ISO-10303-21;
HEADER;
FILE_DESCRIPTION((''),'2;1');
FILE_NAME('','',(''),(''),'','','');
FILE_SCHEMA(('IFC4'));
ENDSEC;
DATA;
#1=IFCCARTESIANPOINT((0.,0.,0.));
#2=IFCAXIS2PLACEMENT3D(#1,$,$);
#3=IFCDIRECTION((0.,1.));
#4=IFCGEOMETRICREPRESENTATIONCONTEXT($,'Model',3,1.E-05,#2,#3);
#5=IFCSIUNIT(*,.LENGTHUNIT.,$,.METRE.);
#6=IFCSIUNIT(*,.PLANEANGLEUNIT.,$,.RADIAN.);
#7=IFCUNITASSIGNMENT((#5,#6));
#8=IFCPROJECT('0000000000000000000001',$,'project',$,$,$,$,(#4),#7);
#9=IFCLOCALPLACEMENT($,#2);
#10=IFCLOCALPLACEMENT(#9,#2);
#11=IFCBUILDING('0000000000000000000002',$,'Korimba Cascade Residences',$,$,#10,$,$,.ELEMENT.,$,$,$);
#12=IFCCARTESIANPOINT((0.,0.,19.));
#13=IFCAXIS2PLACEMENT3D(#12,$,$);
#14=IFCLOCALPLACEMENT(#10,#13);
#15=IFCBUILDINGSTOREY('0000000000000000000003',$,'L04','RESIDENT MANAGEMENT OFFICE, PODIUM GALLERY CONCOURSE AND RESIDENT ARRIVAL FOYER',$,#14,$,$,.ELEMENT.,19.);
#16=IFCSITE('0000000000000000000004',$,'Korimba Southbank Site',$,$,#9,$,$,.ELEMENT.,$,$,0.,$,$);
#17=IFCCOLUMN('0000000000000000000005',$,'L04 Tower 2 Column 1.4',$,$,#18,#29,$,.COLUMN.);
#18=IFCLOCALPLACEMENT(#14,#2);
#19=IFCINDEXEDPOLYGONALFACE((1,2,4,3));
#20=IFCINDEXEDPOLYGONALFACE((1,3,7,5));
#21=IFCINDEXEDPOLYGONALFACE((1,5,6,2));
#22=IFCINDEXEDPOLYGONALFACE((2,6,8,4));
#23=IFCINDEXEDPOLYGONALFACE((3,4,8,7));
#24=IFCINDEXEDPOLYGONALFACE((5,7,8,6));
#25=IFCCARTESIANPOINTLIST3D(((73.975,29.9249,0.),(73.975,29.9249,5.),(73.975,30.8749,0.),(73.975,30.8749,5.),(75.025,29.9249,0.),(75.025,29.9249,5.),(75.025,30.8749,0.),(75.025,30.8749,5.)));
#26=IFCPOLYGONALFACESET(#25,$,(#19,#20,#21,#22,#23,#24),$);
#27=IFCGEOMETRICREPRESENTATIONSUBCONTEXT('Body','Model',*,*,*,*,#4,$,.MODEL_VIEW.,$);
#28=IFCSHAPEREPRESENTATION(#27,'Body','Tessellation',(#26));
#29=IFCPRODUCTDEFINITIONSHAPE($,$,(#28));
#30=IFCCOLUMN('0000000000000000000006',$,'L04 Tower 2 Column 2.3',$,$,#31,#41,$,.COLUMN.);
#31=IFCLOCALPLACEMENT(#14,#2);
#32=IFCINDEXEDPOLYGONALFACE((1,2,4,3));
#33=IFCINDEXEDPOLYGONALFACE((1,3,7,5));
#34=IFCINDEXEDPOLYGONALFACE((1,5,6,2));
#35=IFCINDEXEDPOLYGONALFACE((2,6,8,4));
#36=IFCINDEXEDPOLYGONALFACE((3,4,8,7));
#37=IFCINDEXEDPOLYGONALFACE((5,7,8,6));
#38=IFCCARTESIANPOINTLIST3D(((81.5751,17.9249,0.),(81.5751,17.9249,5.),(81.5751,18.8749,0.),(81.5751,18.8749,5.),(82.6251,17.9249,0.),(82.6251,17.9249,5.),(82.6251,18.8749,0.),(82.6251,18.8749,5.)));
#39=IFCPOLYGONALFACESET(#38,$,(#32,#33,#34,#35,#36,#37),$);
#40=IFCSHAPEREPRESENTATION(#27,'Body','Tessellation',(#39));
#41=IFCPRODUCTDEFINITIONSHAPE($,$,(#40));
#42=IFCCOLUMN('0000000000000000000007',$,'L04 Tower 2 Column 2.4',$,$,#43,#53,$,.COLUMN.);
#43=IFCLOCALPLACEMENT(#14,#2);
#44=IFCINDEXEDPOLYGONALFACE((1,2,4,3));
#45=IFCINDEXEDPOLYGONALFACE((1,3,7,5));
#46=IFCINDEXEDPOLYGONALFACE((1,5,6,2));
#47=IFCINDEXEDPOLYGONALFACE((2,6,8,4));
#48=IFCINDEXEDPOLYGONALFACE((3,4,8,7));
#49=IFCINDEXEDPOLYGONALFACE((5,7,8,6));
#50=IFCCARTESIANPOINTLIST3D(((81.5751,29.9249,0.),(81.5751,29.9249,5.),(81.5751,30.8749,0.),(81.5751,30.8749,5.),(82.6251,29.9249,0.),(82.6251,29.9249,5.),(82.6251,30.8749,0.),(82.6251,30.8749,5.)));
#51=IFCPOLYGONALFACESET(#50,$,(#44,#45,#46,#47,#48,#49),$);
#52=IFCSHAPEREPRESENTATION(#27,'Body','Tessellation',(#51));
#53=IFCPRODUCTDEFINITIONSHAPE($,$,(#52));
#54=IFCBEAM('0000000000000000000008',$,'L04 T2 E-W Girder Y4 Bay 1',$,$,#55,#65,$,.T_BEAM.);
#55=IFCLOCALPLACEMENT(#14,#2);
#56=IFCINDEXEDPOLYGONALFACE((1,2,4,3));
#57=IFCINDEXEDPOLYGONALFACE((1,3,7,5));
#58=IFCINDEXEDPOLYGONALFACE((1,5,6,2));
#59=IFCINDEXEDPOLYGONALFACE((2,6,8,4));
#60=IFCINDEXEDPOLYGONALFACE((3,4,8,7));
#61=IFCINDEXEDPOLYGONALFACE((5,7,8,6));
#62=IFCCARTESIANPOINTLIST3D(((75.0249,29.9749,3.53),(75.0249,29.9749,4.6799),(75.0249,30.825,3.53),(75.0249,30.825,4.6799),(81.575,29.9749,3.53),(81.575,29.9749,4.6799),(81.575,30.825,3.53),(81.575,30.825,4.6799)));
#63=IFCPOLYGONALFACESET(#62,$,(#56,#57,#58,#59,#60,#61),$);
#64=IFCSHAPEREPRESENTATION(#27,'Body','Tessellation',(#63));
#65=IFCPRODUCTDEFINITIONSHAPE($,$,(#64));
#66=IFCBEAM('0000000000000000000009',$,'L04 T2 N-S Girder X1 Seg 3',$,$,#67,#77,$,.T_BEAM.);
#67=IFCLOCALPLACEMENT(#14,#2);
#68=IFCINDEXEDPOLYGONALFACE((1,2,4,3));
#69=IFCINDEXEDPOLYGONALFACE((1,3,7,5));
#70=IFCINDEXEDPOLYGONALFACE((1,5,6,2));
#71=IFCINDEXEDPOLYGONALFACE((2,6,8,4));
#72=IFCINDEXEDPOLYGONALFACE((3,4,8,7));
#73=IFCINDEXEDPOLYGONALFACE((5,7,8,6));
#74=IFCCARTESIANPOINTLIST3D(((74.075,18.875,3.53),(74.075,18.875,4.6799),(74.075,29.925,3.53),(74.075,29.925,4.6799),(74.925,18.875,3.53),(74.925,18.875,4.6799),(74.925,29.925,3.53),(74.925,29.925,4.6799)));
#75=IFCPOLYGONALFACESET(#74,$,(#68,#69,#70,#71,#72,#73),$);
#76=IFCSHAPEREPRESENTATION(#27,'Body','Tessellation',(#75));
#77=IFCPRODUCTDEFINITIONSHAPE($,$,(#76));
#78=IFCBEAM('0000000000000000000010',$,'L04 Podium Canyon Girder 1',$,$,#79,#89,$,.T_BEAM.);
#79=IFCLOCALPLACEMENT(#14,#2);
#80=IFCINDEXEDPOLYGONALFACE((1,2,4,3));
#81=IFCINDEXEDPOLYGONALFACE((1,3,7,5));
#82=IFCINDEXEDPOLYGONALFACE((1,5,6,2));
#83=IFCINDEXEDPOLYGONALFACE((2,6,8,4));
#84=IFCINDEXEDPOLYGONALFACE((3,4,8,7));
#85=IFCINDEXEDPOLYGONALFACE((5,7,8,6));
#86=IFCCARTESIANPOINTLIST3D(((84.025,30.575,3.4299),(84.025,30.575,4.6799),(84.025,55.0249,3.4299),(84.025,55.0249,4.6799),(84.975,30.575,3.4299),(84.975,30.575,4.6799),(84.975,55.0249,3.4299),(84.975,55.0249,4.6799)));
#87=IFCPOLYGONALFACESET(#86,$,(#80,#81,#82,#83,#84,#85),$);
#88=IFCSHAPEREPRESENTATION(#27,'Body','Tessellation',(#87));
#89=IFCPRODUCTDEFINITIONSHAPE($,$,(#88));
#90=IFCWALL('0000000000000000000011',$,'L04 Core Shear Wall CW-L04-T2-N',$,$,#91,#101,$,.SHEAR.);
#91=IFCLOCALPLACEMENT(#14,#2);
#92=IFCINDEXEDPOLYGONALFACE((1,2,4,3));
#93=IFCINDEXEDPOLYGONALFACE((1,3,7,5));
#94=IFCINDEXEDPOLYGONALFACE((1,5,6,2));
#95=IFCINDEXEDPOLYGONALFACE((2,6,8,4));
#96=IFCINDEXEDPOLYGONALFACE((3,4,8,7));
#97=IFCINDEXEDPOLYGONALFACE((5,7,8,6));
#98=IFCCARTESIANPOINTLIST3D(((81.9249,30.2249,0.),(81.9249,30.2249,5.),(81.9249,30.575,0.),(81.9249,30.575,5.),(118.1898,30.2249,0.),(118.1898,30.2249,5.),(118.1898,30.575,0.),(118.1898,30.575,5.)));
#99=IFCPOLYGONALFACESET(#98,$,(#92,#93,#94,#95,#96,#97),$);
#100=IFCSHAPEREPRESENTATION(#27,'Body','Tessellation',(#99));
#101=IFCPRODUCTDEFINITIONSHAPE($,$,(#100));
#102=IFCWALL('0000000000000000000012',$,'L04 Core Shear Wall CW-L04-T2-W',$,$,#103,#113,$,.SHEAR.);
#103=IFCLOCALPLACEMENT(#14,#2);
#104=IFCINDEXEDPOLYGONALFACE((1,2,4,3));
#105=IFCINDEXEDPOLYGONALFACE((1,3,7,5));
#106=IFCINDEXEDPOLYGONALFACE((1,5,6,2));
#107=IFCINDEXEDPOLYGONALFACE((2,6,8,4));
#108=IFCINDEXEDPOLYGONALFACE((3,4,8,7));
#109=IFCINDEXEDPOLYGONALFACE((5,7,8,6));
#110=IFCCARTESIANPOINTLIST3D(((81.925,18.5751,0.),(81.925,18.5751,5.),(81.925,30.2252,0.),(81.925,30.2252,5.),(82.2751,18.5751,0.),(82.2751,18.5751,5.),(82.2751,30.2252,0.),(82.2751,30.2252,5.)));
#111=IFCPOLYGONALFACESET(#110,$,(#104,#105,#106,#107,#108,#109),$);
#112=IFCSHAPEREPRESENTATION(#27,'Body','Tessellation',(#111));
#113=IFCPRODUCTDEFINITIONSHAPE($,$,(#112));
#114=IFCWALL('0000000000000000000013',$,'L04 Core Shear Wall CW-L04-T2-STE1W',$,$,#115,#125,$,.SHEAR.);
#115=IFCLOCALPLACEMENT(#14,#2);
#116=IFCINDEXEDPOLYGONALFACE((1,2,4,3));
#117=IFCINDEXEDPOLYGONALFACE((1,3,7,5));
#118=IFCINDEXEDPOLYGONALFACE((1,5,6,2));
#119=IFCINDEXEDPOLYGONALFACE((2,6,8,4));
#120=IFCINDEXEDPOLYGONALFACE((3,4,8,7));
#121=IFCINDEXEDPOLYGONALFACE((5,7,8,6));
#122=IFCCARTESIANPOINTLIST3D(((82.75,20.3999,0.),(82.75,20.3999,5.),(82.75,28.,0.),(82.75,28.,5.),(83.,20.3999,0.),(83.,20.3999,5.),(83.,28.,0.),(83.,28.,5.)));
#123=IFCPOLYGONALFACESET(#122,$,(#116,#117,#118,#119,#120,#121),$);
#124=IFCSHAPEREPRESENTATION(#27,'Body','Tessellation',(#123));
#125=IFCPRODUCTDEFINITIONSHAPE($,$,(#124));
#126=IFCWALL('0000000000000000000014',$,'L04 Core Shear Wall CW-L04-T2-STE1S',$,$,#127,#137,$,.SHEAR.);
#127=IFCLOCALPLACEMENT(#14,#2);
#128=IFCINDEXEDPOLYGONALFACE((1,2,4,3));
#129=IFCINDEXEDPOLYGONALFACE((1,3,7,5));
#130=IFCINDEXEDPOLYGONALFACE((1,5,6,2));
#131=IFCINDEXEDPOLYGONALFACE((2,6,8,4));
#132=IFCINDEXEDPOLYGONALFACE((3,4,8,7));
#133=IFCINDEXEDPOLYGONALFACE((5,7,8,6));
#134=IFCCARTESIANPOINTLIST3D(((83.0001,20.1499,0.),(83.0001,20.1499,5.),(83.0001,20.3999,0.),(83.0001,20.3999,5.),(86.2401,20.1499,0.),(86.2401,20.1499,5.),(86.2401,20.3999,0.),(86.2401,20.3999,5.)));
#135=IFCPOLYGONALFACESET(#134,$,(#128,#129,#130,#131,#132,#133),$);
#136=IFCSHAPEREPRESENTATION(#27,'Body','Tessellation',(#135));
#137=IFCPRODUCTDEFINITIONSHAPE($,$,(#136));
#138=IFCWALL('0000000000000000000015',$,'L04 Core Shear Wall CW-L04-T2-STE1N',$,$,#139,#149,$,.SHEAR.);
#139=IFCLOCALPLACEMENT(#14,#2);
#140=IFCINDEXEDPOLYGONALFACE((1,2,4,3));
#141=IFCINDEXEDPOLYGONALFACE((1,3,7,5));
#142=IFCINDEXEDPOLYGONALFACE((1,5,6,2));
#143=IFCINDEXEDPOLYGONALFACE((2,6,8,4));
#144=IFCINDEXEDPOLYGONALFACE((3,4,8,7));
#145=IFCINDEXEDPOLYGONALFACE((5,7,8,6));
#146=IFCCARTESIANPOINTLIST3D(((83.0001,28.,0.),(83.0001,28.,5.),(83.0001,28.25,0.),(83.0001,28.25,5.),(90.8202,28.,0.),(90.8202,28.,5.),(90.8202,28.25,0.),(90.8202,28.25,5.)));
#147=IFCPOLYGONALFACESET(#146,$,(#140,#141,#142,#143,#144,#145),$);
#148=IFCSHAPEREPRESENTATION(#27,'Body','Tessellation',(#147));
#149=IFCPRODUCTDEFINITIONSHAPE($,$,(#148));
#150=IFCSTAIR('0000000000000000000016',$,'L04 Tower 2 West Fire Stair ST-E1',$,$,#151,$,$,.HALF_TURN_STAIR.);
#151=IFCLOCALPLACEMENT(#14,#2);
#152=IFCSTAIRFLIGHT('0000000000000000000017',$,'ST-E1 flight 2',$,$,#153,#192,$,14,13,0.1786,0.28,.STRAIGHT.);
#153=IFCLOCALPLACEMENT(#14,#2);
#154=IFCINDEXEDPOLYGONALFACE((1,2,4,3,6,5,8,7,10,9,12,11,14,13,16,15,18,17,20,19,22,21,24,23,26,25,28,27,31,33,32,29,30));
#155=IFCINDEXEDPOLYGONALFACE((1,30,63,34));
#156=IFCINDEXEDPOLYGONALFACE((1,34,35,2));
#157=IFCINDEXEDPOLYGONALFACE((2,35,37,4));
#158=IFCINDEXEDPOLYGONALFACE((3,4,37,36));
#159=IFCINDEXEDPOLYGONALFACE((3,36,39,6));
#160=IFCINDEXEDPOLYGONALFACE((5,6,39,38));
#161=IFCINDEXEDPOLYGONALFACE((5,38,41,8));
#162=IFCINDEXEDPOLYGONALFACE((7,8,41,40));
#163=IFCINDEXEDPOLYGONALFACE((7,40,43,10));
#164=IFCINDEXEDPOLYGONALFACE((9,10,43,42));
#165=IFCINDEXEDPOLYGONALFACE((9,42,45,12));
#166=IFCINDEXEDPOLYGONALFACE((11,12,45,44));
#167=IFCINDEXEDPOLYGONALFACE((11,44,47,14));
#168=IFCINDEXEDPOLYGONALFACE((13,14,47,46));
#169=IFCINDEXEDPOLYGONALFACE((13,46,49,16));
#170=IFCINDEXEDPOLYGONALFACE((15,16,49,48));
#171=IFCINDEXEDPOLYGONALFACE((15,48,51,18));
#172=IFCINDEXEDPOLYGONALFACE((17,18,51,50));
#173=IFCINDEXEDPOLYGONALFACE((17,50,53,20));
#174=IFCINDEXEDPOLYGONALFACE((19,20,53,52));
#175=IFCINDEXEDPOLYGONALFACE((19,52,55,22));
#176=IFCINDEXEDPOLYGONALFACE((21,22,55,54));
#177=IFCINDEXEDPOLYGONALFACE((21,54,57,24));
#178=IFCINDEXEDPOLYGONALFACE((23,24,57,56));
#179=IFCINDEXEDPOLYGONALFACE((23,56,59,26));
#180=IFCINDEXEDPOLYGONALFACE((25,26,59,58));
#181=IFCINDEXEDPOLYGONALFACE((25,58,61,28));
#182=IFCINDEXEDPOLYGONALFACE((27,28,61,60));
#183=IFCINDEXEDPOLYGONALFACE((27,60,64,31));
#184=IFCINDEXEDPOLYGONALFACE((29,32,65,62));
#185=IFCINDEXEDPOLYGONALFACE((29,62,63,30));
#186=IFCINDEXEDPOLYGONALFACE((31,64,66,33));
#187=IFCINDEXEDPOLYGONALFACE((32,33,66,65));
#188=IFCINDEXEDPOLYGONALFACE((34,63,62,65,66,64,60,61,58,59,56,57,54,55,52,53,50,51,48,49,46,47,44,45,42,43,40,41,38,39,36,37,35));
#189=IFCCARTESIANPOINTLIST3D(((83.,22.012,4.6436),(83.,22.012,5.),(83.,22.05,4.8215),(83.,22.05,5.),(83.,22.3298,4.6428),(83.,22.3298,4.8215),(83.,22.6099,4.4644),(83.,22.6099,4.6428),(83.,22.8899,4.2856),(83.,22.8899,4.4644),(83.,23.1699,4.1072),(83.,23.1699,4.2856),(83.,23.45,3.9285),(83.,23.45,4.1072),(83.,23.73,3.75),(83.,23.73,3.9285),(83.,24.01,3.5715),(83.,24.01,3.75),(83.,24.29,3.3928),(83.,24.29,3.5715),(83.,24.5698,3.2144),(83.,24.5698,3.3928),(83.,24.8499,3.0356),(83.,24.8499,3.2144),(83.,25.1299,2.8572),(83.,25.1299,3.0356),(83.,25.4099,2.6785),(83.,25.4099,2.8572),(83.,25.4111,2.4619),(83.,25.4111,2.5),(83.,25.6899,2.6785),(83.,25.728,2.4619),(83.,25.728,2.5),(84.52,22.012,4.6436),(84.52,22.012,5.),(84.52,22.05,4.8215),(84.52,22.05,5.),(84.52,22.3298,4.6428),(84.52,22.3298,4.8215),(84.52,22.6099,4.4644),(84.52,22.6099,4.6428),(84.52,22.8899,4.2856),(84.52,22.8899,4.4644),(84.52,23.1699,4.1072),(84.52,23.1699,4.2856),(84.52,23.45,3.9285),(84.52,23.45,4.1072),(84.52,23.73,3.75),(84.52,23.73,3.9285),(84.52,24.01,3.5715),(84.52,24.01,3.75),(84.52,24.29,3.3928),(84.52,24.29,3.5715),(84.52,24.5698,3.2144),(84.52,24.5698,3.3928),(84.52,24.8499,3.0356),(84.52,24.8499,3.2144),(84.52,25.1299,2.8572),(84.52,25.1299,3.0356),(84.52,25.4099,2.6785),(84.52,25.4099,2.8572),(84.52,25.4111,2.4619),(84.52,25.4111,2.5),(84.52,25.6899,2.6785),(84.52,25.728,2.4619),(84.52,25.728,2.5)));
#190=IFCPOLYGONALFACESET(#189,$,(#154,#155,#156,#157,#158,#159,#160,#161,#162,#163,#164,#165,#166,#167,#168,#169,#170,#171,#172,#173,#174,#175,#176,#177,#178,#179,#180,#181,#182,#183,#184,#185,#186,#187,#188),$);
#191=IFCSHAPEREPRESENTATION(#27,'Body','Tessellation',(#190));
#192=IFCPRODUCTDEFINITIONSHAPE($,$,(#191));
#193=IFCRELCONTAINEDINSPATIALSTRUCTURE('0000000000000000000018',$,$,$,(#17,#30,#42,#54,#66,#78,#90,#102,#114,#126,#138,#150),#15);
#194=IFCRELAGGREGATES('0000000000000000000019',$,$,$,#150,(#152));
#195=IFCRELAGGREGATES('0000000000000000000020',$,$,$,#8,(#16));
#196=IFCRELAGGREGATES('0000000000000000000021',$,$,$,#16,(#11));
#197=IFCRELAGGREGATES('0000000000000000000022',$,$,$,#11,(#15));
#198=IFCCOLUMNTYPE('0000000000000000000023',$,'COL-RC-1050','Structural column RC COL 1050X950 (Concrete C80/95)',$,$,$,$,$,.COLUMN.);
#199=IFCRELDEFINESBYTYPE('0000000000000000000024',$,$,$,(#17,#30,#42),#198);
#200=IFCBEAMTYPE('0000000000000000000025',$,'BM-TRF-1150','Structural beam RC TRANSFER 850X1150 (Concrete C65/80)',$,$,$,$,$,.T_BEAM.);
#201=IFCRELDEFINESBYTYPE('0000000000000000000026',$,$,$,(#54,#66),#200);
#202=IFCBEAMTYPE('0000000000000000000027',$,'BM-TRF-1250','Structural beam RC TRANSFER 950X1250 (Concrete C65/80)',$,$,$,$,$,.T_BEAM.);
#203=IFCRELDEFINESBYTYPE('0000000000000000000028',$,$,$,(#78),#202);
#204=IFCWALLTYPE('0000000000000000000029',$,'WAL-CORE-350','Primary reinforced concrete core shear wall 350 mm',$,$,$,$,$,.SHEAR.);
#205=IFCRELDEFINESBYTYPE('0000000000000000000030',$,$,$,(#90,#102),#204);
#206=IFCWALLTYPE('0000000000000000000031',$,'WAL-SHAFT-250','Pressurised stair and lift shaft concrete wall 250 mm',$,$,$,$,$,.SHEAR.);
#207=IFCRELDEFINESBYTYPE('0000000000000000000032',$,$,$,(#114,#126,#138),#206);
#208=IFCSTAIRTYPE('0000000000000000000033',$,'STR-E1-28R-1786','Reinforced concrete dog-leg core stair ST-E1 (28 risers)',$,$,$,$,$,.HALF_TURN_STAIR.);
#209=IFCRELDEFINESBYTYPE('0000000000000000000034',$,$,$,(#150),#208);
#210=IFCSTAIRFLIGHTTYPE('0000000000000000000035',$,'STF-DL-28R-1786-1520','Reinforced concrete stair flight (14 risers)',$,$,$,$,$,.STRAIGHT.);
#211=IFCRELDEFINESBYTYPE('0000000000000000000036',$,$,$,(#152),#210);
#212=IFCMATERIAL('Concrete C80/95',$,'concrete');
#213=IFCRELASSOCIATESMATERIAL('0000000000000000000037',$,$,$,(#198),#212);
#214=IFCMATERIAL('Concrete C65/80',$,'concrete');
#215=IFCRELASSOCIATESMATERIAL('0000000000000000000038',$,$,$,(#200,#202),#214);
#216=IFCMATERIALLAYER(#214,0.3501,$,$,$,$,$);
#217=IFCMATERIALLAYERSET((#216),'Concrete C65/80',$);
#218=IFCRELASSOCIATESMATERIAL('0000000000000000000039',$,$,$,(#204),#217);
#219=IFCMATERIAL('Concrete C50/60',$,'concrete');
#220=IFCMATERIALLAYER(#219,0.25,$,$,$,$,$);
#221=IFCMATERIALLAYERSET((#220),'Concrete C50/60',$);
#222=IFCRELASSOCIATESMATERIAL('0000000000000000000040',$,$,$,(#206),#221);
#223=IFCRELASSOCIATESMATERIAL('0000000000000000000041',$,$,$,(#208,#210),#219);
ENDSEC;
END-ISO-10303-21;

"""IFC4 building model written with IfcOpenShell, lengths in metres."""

from ifc_helpers import new_model, si_unit, direction, frame, frame_2d, origin, origin_2d, place, context, subcontext, project, spatial, polyline, rectangle, outline, extrude, material, layer, layer_set, material_profile, profile_set, type_object, element, aggregate, save


model = new_model("IFC4")

# Units and contexts
model_context = context("Model", 3, precision=1e-05, world=origin(), true_north=direction((0.0, 1.0)))
body_context = subcontext(model_context, "Body", "Model", "MODEL_VIEW")
ifc_project = project(units=[si_unit("LENGTHUNIT", "METRE"), si_unit("PLANEANGLEUNIT", "RADIAN")], contexts=[model_context])

# Site, building, storey
site_placement = place(None, origin())
site = spatial("IfcSite", under=ifc_project, at=site_placement, Name="Korimba Southbank Site", CompositionType="ELEMENT", RefElevation=0.0)
building_placement = place(site_placement, origin())
building = spatial("IfcBuilding", under=site, at=building_placement, Name="Korimba Cascade Residences", CompositionType="ELEMENT")
storey_placement = place(building_placement, frame((0.0, 0.0, 19.0)))
storey = spatial("IfcBuildingStorey", under=building, at=storey_placement, Name="L04", Description="RESIDENT MANAGEMENT OFFICE, PODIUM GALLERY CONCOURSE AND RESIDENT ARRIVAL FOYER", CompositionType="ELEMENT", Elevation=19.0)

# Columns
ifc_material_1 = material(Name="Concrete C80/95", Category="concrete")
ifc_material_profile_1 = material_profile(ifc_material_1, rectangle(XDim=1.05, YDim=0.95, at=origin_2d()), Name="Concrete C80/95")
ifc_profile_set_1 = profile_set([ifc_material_profile_1], Name="Concrete C80/95")
column_type = type_object("IfcColumnType", Name="COL-RC-1050", Description="Structural column RC COL 1050X950 (Concrete C80/95)", PredefinedType="COLUMN", material=ifc_profile_set_1)
for number, where, z_axis, x_axis, name in (
    (1, (74.5, 30.3999, 0.0), (0.0, 0.0, 1.0), (1.0, 0.0, 0.0), "L04 Tower 2 Column 1.4"),
    (2, (82.1001, 18.3999, 0.0), (0.0, 0.0, 1.0), (1.0, 0.0, 0.0), "L04 Tower 2 Column 2.3"),
    (3, (82.1001, 30.3999, 0.0), (0.0, 0.0, 1.0), (1.0, 0.0, 0.0), "L04 Tower 2 Column 2.4"),
):
    element("IfcColumn", number, at=place(storey_placement, frame(where, z_axis=z_axis, x_axis=x_axis)), inside=storey, type_object=column_type, Name=name, PredefinedType="COLUMN", context=body_context, shape_type="SweptSolid", body=[
        extrude(rectangle(XDim=1.05, YDim=0.95, at=origin_2d()), origin(), (0.0, 0.0, 1.0), 5.0),
    ])

# Beams
ifc_material_2 = material(Name="Concrete C65/80", Category="concrete")
ifc_material_profile_2 = material_profile(ifc_material_2, rectangle(XDim=0.8501, YDim=1.1499, at=origin_2d()), Name="Concrete C65/80")
ifc_profile_set_2 = profile_set([ifc_material_profile_2], Name="Concrete C65/80")
beam_type_1 = type_object("IfcBeamType", Name="BM-TRF-1150", Description="Structural beam RC TRANSFER 850X1150 (Concrete C65/80)", PredefinedType="T_BEAM", material=ifc_profile_set_2)
beam_1_placement = place(storey_placement, frame((75.0249, 30.3999, 4.105), z_axis=(1.0, 0.0, 0.0), x_axis=(0.0, 1.0, 0.0)))
element("IfcBeam", 4, at=beam_1_placement, inside=storey, type_object=beam_type_1, Name="L04 T2 E-W Girder Y4 Bay 1", PredefinedType="T_BEAM", context=body_context, shape_type="SweptSolid", body=[
    extrude(rectangle(XDim=0.8501, YDim=1.1499, at=origin_2d()), origin(), (0.0, 0.0, 1.0), 6.55),
])
beam_2_placement = place(storey_placement, frame((74.5, 18.875, 4.105), z_axis=(0.0, 1.0, 0.0), x_axis=(-1.0, 0.0, 0.0)))
element("IfcBeam", 5, at=beam_2_placement, inside=storey, type_object=beam_type_1, Name="L04 T2 N-S Girder X1 Seg 3", PredefinedType="T_BEAM", context=body_context, shape_type="SweptSolid", body=[
    extrude(rectangle(XDim=0.8501, YDim=1.1499, at=origin_2d()), origin(), (0.0, 0.0, 1.0), 11.05),
])
ifc_material_profile_3 = material_profile(ifc_material_2, rectangle(XDim=0.95, YDim=1.25, at=origin_2d()), Name="Concrete C65/80")
ifc_profile_set_3 = profile_set([ifc_material_profile_3], Name="Concrete C65/80")
beam_type_2 = type_object("IfcBeamType", Name="BM-TRF-1250", Description="Structural beam RC TRANSFER 950X1250 (Concrete C65/80)", PredefinedType="T_BEAM", material=ifc_profile_set_3)
beam_3_placement = place(storey_placement, frame((84.5, 30.575, 4.0549), z_axis=(0.0, 1.0, 0.0), x_axis=(-1.0, 0.0, 0.0)))
element("IfcBeam", 6, at=beam_3_placement, inside=storey, type_object=beam_type_2, Name="L04 Podium Canyon Girder 1", PredefinedType="T_BEAM", context=body_context, shape_type="SweptSolid", body=[
    extrude(rectangle(XDim=0.95, YDim=1.25, at=origin_2d()), origin(), (0.0, 0.0, 1.0), 24.45),
])

# Walls
ifc_layer_1 = layer(ifc_material_2, 0.3501)
ifc_layer_set_1 = layer_set([ifc_layer_1], Name="Concrete C65/80")
wall_type_1 = type_object("IfcWallType", Name="WAL-CORE-350", Description="Primary reinforced concrete core shear wall 350 mm", PredefinedType="SHEAR", material=ifc_layer_set_1)
wall_1_placement = place(storey_placement, frame((81.925, 30.3999, 0.0), z_axis=(0.0, 0.0, 1.0), x_axis=(1.0, 0.0, 0.0)))
element("IfcWall", 7, at=wall_1_placement, inside=storey, type_object=wall_type_1, Name="L04 Core Shear Wall CW-L04-T2-N", PredefinedType="SHEAR", context=body_context, shape_type="SweptSolid", body=[
    extrude(rectangle(XDim=36.2649, YDim=0.3501, at=frame_2d((18.1323, 0.0))), origin(), (0.0, 0.0, 1.0), 5.0),
])
wall_2_placement = place(storey_placement, frame((82.1001, 18.575, 0.0), z_axis=(0.0, 0.0, 1.0), x_axis=(0.0, 1.0, 0.0)))
element("IfcWall", 8, at=wall_2_placement, inside=storey, type_object=wall_type_1, Name="L04 Core Shear Wall CW-L04-T2-W", PredefinedType="SHEAR", context=body_context, shape_type="SweptSolid", body=[
    extrude(rectangle(XDim=11.6501, YDim=0.3501, at=frame_2d((5.8252, 0.0))), origin(), (0.0, 0.0, 1.0), 5.0),
])
ifc_material_3 = material(Name="Concrete C50/60", Category="concrete")
ifc_layer_2 = layer(ifc_material_3, 0.25)
ifc_layer_set_2 = layer_set([ifc_layer_2], Name="Concrete C50/60")
wall_type_2 = type_object("IfcWallType", Name="WAL-SHAFT-250", Description="Pressurised stair and lift shaft concrete wall 250 mm", PredefinedType="SHEAR", material=ifc_layer_set_2)
wall_3_placement = place(storey_placement, frame((82.875, 20.3999, 0.0), z_axis=(0.0, 0.0, 1.0), x_axis=(0.0, 1.0, 0.0)))
element("IfcWall", 9, at=wall_3_placement, inside=storey, type_object=wall_type_2, Name="L04 Core Shear Wall CW-L04-T2-STE1W", PredefinedType="SHEAR", context=body_context, shape_type="SweptSolid", body=[
    extrude(rectangle(XDim=7.6001, YDim=0.25, at=frame_2d((3.8, 0.0))), origin(), (0.0, 0.0, 1.0), 5.0),
])
wall_4_placement = place(storey_placement, frame((83.0, 20.2749, 0.0), z_axis=(0.0, 0.0, 1.0), x_axis=(1.0, 0.0, 0.0)))
element("IfcWall", 10, at=wall_4_placement, inside=storey, type_object=wall_type_2, Name="L04 Core Shear Wall CW-L04-T2-STE1S", PredefinedType="SHEAR", context=body_context, shape_type="SweptSolid", body=[
    extrude(rectangle(XDim=3.24, YDim=0.25, at=frame_2d((1.6201, 0.0))), origin(), (0.0, 0.0, 1.0), 5.0),
])
wall_5_placement = place(storey_placement, frame((83.0, 28.125, 0.0), z_axis=(0.0, 0.0, 1.0), x_axis=(1.0, 0.0, 0.0)))
element("IfcWall", 11, at=wall_5_placement, inside=storey, type_object=wall_type_2, Name="L04 Core Shear Wall CW-L04-T2-STE1N", PredefinedType="SHEAR", context=body_context, shape_type="SweptSolid", body=[
    extrude(rectangle(XDim=7.8201, YDim=0.25, at=frame_2d((3.9102, 0.0))), origin(), (0.0, 0.0, 1.0), 5.0),
])

# Stair, stair flight
stair_type = type_object("IfcStairType", Name="STR-E1-28R-1786", Description="Reinforced concrete dog-leg core stair ST-E1 (28 risers)", PredefinedType="HALF_TURN_STAIR", material=ifc_material_3)
stair_placement = place(storey_placement, origin())
stair = element("IfcStair", 12, at=stair_placement, inside=storey, type_object=stair_type, Name="L04 Tower 2 West Fire Stair ST-E1", PredefinedType="HALF_TURN_STAIR")
stair_flight_type = type_object("IfcStairFlightType", Name="STF-DL-28R-1786-1520", Description="Reinforced concrete stair flight (14 risers)", PredefinedType="STRAIGHT", material=ifc_material_3)
stair_flight_placement = place(storey_placement, frame((83.76, 25.6899, 2.5), z_axis=(0.0, 0.0, 1.0), x_axis=(0.0, -1.0, 0.0)))
stair_flight = element("IfcStairFlight", 13, at=stair_flight_placement, type_object=stair_flight_type, Name="ST-E1 flight 2", NumberOfRisers=14, NumberOfTreads=13, PredefinedType="STRAIGHT", RiserHeight=0.1786, TreadLength=0.28, context=body_context, shape_type="SweptSolid", body=[
    extrude(outline(polyline([(-0.0381, 0.0), (0.0, 0.1785), (0.28, 0.1785), (0.28, 0.3572), (0.5601, 0.3572), (0.5601, 0.5356), (0.8401, 0.5356), (0.8401, 0.7144), (1.1201, 0.7144), (1.1201, 0.8928), (1.3999, 0.8928), (1.3999, 1.0715), (1.6799, 1.0715), (1.6799, 1.25), (1.96, 1.25), (1.96, 1.4285), (2.24, 1.4285), (2.24, 1.6072), (2.52, 1.6072), (2.52, 1.7856), (2.8, 1.7856), (2.8, 1.9644), (3.0801, 1.9644), (3.0801, 2.1428), (3.3601, 2.1428), (3.3601, 2.3215), (3.6399, 2.3215), (3.6399, 2.5), (3.678, 2.5), (3.678, 2.1436), (0.2788, 0.0), (0.2788, -0.0381), (-0.0381, -0.0381), (-0.0381, 0.0)])), frame((0.0, 0.76, 0.0), z_axis=(0.0, -1.0, 0.0), x_axis=(1.0, 0.0, 0.0)), (0.0, 0.0, 1.0), 1.52),
])
aggregate(stair, [stair_flight])

save(model, "model.ifc")
